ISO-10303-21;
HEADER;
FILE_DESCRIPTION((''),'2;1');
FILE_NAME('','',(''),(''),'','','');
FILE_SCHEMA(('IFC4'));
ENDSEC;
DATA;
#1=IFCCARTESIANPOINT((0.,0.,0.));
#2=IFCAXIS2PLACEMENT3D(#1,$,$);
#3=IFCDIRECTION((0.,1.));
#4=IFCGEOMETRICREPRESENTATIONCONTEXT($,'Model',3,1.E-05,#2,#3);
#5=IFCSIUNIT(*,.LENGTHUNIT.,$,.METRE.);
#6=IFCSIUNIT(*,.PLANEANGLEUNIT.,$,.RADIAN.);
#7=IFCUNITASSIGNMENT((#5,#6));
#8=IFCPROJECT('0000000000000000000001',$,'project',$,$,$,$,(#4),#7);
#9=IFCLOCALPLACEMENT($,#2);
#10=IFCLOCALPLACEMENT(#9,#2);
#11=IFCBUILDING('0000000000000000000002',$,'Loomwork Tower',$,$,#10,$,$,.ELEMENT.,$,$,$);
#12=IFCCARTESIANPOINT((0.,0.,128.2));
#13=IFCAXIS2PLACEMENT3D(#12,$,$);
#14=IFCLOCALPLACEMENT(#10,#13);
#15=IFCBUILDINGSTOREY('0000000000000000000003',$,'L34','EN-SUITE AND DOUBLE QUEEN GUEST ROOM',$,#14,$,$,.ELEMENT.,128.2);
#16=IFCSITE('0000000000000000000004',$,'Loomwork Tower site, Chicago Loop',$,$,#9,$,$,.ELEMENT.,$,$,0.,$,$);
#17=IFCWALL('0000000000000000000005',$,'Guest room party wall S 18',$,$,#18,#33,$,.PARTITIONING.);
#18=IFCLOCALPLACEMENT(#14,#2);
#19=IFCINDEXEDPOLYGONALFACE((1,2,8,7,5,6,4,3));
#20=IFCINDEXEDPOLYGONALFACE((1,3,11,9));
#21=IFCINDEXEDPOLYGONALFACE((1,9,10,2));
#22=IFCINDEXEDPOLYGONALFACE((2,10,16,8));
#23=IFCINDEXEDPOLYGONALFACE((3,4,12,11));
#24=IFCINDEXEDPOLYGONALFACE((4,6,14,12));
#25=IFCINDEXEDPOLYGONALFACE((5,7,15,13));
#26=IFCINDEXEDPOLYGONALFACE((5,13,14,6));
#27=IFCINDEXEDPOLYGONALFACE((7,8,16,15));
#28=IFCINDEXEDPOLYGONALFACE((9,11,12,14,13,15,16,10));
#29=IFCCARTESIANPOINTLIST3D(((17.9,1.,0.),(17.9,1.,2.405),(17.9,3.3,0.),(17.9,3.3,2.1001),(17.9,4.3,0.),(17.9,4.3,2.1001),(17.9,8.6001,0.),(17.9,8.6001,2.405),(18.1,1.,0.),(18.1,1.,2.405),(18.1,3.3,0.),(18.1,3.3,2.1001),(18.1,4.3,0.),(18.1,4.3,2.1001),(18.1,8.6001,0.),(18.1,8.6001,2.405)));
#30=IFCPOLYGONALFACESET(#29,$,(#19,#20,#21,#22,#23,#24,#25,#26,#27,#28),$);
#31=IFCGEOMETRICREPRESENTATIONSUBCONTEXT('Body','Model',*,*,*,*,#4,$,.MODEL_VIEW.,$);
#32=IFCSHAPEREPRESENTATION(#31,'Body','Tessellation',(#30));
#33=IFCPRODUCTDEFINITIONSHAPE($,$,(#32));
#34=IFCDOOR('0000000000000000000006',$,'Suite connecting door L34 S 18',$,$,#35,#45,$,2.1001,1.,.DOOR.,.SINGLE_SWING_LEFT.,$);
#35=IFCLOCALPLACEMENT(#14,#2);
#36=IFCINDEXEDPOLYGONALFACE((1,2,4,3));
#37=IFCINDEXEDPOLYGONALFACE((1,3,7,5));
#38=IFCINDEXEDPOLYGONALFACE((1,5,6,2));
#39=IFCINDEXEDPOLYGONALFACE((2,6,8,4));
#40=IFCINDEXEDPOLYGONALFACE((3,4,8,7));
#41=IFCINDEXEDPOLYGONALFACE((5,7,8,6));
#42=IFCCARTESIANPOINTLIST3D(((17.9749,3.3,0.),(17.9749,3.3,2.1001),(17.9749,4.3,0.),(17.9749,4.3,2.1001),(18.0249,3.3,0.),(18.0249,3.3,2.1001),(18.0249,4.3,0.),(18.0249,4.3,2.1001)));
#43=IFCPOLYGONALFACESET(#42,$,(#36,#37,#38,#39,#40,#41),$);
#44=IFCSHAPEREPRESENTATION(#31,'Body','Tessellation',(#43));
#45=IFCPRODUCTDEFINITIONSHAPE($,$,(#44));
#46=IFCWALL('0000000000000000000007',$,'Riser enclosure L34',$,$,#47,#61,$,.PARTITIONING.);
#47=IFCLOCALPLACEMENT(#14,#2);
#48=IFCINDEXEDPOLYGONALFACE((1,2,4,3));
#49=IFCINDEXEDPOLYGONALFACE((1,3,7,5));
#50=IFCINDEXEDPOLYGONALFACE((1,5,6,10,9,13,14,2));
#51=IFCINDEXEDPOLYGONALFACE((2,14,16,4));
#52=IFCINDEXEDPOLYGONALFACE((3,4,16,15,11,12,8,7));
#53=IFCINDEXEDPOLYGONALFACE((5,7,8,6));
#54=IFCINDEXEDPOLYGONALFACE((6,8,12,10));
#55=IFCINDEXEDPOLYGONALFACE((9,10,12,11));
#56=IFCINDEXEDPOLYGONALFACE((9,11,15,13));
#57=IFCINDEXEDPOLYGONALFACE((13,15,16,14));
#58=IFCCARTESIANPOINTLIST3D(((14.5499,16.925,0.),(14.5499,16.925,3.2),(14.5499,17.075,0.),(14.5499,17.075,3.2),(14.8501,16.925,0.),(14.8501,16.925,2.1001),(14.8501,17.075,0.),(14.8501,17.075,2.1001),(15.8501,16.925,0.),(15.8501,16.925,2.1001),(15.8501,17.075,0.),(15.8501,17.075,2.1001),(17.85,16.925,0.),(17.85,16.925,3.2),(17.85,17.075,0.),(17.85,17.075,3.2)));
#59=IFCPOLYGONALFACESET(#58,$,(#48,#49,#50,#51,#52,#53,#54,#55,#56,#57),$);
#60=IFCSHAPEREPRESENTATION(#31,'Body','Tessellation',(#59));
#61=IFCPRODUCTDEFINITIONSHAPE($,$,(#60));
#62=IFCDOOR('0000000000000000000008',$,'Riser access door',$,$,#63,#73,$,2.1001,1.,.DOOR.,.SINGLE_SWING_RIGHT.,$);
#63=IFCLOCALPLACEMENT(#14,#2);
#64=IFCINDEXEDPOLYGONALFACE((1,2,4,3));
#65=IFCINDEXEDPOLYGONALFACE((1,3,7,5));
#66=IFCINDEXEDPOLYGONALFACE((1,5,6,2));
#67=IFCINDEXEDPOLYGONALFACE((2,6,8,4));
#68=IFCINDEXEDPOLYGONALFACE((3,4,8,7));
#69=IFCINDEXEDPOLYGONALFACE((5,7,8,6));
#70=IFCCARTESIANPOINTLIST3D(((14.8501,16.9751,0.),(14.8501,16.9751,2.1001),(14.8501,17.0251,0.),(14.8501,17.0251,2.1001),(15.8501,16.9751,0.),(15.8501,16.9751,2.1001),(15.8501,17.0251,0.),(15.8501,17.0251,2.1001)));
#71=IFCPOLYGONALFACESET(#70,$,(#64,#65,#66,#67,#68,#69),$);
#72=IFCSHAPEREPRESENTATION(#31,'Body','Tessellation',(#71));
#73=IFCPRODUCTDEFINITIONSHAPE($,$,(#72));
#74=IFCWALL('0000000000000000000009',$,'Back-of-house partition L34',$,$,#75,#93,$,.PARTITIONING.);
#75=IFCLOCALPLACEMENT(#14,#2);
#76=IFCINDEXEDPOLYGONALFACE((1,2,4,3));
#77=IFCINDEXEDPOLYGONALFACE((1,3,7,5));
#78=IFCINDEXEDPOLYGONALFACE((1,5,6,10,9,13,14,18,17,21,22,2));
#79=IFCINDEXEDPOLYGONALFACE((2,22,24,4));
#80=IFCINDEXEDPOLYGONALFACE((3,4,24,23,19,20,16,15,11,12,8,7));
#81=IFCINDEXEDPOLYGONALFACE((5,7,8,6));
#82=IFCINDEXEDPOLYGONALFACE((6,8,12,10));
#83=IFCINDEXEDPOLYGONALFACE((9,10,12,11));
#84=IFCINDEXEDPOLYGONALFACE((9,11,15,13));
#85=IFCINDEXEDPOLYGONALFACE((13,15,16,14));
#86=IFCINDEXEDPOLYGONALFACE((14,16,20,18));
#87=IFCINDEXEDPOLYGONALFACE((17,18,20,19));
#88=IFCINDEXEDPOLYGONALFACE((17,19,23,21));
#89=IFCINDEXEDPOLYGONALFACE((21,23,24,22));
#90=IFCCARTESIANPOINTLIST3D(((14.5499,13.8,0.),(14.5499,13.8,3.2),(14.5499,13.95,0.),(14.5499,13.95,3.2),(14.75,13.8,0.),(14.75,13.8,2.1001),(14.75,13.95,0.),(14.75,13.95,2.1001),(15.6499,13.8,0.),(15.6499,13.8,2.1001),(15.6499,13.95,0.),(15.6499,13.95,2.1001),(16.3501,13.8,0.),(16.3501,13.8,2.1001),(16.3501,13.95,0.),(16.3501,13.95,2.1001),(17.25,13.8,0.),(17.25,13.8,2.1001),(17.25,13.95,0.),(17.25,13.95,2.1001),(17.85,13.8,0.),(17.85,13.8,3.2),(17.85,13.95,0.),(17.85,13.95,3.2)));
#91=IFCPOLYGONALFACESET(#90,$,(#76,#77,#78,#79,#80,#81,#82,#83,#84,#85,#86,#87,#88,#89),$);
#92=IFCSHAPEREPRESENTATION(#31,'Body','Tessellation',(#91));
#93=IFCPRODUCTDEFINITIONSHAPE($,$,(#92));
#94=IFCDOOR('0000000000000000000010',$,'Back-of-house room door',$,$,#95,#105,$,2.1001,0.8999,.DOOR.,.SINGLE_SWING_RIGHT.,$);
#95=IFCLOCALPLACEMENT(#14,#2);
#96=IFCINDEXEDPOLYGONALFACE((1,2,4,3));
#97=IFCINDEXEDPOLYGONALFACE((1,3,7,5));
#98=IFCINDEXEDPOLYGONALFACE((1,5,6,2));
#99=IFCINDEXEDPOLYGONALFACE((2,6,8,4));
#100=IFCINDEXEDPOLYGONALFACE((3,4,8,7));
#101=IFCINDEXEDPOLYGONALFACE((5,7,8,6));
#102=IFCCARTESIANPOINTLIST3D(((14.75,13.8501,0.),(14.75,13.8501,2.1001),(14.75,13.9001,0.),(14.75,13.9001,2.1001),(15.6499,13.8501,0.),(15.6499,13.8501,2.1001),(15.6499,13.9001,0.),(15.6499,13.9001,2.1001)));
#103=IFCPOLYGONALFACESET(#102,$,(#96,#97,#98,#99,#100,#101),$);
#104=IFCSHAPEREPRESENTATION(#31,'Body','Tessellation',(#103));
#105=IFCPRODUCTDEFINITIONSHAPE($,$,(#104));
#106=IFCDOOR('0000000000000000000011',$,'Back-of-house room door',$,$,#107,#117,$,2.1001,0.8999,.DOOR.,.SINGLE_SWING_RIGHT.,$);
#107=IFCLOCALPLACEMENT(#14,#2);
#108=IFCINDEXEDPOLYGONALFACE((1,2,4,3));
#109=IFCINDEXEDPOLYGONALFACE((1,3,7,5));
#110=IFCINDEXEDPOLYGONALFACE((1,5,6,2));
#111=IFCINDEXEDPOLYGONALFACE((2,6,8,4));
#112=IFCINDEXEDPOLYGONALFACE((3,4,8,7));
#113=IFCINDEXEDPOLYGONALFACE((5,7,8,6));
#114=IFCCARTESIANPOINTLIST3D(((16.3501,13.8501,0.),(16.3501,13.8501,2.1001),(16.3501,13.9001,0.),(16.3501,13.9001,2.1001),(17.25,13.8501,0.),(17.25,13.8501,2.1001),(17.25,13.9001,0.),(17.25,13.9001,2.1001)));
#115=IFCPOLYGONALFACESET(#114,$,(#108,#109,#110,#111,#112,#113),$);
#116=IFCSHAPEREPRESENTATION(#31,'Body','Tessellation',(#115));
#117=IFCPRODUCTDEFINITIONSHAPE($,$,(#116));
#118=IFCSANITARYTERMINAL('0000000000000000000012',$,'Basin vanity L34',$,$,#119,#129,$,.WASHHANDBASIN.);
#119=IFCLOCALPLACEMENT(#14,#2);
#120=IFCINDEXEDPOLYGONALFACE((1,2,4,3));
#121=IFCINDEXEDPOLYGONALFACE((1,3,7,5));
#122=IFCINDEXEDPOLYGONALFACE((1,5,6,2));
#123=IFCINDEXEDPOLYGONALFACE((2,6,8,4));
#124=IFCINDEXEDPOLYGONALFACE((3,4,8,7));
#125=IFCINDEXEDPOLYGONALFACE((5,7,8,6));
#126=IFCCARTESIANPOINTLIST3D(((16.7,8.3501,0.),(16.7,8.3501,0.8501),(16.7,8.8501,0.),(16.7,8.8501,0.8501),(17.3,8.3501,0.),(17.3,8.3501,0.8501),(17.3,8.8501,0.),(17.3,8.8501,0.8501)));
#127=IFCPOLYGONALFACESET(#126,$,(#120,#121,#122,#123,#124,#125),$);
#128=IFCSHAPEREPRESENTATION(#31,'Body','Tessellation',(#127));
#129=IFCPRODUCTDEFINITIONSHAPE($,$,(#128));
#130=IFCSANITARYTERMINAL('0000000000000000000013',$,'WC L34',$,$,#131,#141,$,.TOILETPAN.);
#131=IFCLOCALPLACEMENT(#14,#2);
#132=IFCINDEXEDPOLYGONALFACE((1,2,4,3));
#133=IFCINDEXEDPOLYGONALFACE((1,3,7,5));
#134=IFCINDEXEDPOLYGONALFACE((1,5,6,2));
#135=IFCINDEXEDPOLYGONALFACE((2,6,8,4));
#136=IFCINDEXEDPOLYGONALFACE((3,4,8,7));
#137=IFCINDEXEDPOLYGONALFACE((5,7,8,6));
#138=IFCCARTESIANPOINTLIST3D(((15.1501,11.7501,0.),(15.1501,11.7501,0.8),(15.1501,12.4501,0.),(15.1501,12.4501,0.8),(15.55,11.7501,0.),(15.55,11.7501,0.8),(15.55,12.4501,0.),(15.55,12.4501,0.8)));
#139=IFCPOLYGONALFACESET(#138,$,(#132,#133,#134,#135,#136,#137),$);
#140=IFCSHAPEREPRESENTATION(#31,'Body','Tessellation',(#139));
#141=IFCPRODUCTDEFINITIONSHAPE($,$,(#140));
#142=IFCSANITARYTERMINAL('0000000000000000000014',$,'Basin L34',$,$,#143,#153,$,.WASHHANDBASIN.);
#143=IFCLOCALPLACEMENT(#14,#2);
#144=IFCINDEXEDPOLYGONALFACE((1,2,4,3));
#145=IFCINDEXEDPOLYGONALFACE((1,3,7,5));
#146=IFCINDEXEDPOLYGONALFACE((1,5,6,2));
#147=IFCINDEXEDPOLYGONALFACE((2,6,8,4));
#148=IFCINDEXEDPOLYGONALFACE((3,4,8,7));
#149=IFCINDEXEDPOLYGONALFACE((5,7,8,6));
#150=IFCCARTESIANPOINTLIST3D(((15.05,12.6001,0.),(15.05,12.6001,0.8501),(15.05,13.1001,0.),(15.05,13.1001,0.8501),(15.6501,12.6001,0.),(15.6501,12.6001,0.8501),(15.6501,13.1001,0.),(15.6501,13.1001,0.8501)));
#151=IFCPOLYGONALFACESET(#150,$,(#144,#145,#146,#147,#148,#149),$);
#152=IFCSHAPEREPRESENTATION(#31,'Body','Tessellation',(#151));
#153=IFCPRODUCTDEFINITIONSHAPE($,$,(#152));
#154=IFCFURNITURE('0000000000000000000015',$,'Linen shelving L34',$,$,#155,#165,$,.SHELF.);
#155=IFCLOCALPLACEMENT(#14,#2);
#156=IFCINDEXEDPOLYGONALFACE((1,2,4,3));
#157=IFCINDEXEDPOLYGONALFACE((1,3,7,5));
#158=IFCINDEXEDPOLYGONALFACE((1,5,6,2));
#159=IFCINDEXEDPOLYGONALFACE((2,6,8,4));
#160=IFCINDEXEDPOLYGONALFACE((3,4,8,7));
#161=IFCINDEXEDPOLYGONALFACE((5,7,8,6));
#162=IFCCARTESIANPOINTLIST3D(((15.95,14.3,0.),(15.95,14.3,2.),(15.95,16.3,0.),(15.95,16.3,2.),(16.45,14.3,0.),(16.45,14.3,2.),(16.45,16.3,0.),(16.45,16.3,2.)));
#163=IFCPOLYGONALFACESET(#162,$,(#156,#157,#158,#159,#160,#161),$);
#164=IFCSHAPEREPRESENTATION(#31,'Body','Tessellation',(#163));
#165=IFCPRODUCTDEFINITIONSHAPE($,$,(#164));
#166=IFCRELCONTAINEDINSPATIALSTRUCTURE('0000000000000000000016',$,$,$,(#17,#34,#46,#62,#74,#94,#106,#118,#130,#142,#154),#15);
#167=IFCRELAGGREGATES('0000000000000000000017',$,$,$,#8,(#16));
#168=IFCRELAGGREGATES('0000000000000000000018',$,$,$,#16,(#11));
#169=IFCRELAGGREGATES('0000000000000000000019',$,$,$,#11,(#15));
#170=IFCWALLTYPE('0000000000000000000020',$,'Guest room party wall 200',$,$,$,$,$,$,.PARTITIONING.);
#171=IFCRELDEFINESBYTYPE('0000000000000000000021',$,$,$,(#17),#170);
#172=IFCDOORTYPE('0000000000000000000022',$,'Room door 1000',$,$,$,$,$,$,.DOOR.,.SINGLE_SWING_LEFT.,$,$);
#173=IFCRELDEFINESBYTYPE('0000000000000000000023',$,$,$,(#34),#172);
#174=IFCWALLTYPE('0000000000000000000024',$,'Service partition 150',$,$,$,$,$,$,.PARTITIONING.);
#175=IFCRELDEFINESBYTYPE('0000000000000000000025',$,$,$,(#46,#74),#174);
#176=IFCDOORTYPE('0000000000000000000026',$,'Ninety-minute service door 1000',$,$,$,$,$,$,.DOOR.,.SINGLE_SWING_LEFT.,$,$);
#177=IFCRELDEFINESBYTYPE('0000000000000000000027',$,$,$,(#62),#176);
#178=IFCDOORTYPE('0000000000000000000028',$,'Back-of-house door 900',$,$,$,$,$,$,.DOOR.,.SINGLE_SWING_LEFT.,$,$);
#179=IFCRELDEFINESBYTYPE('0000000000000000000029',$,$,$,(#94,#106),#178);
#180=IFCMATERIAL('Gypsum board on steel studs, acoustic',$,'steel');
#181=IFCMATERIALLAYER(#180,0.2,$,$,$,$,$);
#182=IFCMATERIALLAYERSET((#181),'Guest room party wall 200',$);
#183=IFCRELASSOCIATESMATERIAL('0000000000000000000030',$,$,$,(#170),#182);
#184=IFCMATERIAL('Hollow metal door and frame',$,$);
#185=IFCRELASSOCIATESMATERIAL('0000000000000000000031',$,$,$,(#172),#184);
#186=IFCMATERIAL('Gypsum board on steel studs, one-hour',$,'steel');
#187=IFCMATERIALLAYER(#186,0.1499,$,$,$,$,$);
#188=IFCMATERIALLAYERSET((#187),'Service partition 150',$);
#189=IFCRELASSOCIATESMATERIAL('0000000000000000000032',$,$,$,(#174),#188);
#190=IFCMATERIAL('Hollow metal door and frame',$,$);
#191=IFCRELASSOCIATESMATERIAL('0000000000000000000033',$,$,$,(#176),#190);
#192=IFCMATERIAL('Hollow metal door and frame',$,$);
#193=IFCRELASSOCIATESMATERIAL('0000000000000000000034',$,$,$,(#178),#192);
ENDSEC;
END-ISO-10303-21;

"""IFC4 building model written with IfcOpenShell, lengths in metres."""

from ifc_helpers import new_model, si_unit, direction, frame, frame_2d, origin, origin_2d, place, context, subcontext, project, spatial, rectangle, extrude, material, layer, layer_set, type_object, element, fill, save


model = new_model("IFC4")

# Units and contexts
model_context = context("Model", 3, precision=1e-05, world=origin(), true_north=direction((0.0, 1.0)))
body_context = subcontext(model_context, "Body", "Model", "MODEL_VIEW")
ifc_project = project(units=[si_unit("LENGTHUNIT", "METRE"), si_unit("PLANEANGLEUNIT", "RADIAN")], contexts=[model_context])

# Site, building, storey
site_placement = place(None, origin())
site = spatial("IfcSite", under=ifc_project, at=site_placement, Name="Loomwork Tower site, Chicago Loop", CompositionType="ELEMENT", RefElevation=0.0)
building_placement = place(site_placement, origin())
building = spatial("IfcBuilding", under=site, at=building_placement, Name="Loomwork Tower", CompositionType="ELEMENT")
storey_placement = place(building_placement, frame((0.0, 0.0, 128.2)))
storey = spatial("IfcBuildingStorey", under=building, at=storey_placement, Name="L34", Description="EN-SUITE AND DOUBLE QUEEN GUEST ROOM", CompositionType="ELEMENT", Elevation=128.2)

# Walls, openings, doors
ifc_material_1 = material(Name="Gypsum board on steel studs, acoustic", Category="steel")
ifc_layer_1 = layer(ifc_material_1, 0.2)
ifc_layer_set_1 = layer_set([ifc_layer_1], Name="Guest room party wall 200")
wall_type_1 = type_object("IfcWallType", Name="Guest room party wall 200", PredefinedType="PARTITIONING", material=ifc_layer_set_1)
wall_1_placement = place(storey_placement, frame((18.0, 8.6001, 0.0), z_axis=(0.0, 0.0, 1.0), x_axis=(0.0, -1.0, 0.0)))
wall_1 = element("IfcWall", 1, at=wall_1_placement, inside=storey, type_object=wall_type_1, Name="Guest room party wall S 18", PredefinedType="PARTITIONING", context=body_context, shape_type="SweptSolid", body=[
    extrude(rectangle(XDim=7.6001, YDim=0.2, at=frame_2d((3.8, 0.0))), origin(), (0.0, 0.0, 1.0), 2.405),
])
opening_1_placement = place(wall_1_placement, frame((4.3, 0.0, 0.0)))
opening_1 = element("IfcOpeningElement", 2, at=opening_1_placement, cuts=wall_1, PredefinedType="OPENING", context=body_context, shape_type="SweptSolid", body=[
    extrude(rectangle(XDim=1.0, YDim=2.1001, at=frame_2d((0.5, 1.05))), frame((0.0, 0.1099, 0.0), z_axis=(0.0, -1.0, 0.0), x_axis=(1.0, 0.0, 0.0)), (0.0, 0.0, 1.0), 0.22),
])
ifc_material_2 = material(Name="Hollow metal door and frame")
door_type_1 = type_object("IfcDoorType", Name="Room door 1000", OperationType="SINGLE_SWING_LEFT", PredefinedType="DOOR", material=ifc_material_2)
door_1_placement = place(opening_1_placement, origin())
door_1 = element("IfcDoor", 3, at=door_1_placement, inside=storey, type_object=door_type_1, Name="Suite connecting door L34 S 18", OperationType="SINGLE_SWING_LEFT", OverallHeight=2.1001, OverallWidth=1.0, PredefinedType="DOOR", context=body_context, shape_type="SweptSolid", body=[
    extrude(rectangle(XDim=1.0, YDim=2.1001, at=frame_2d((0.5, 1.05))), frame((0.0, 0.0249, 0.0), z_axis=(0.0, -1.0, 0.0), x_axis=(1.0, 0.0, 0.0)), (0.0, 0.0, 1.0), 0.05),
])
fill(opening_1, door_1)
ifc_material_3 = material(Name="Gypsum board on steel studs, one-hour", Category="steel")
ifc_layer_2 = layer(ifc_material_3, 0.1499)
ifc_layer_set_2 = layer_set([ifc_layer_2], Name="Service partition 150")
wall_type_2 = type_object("IfcWallType", Name="Service partition 150", PredefinedType="PARTITIONING", material=ifc_layer_set_2)
wall_2_placement = place(storey_placement, frame((14.55, 17.0, 0.0), z_axis=(0.0, 0.0, 1.0), x_axis=(1.0, 0.0, 0.0)))
wall_2 = element("IfcWall", 4, at=wall_2_placement, inside=storey, type_object=wall_type_2, Name="Riser enclosure L34", PredefinedType="PARTITIONING", context=body_context, shape_type="SweptSolid", body=[
    extrude(rectangle(XDim=3.3, YDim=0.1499, at=frame_2d((1.6499, 0.0))), origin(), (0.0, 0.0, 1.0), 3.2),
])
opening_2_placement = place(wall_2_placement, frame((0.3, 0.0, 0.0)))
opening_2 = element("IfcOpeningElement", 5, at=opening_2_placement, cuts=wall_2, PredefinedType="OPENING", context=body_context, shape_type="SweptSolid", body=[
    extrude(rectangle(XDim=1.0, YDim=2.1001, at=frame_2d((0.5, 1.05))), frame((0.0, 0.085, 0.0), z_axis=(0.0, -1.0, 0.0), x_axis=(1.0, 0.0, 0.0)), (0.0, 0.0, 1.0), 0.1699),
])
ifc_material_4 = material(Name="Hollow metal door and frame")
door_type_2 = type_object("IfcDoorType", Name="Ninety-minute service door 1000", OperationType="SINGLE_SWING_LEFT", PredefinedType="DOOR", material=ifc_material_4)
door_2_placement = place(opening_2_placement, frame((1.0, 0.0, 0.0), z_axis=(0.0, 0.0, 1.0), x_axis=(-1.0, 0.0, 0.0)))
door_2 = element("IfcDoor", 6, at=door_2_placement, inside=storey, type_object=door_type_2, Name="Riser access door", OperationType="SINGLE_SWING_RIGHT", OverallHeight=2.1001, OverallWidth=1.0, PredefinedType="DOOR", context=body_context, shape_type="SweptSolid", body=[
    extrude(rectangle(XDim=1.0, YDim=2.1001, at=frame_2d((0.5, 1.05))), frame((0.0, 0.0249, 0.0), z_axis=(0.0, -1.0, 0.0), x_axis=(1.0, 0.0, 0.0)), (0.0, 0.0, 1.0), 0.05),
])
fill(opening_2, door_2)

# Wall, openings, doors
wall_3_placement = place(storey_placement, frame((14.55, 13.875, 0.0), z_axis=(0.0, 0.0, 1.0), x_axis=(1.0, 0.0, 0.0)))
wall_3 = element("IfcWall", 7, at=wall_3_placement, inside=storey, type_object=wall_type_2, Name="Back-of-house partition L34", PredefinedType="PARTITIONING", context=body_context, shape_type="SweptSolid", body=[
    extrude(rectangle(XDim=3.3, YDim=0.1499, at=frame_2d((1.6499, 0.0))), origin(), (0.0, 0.0, 1.0), 3.2),
])
opening_3_placement = place(wall_3_placement, frame((0.2, 0.0, 0.0)))
opening_3 = element("IfcOpeningElement", 8, at=opening_3_placement, cuts=wall_3, PredefinedType="OPENING", context=body_context, shape_type="SweptSolid", body=[
    extrude(rectangle(XDim=0.8999, YDim=2.1001, at=frame_2d((0.45, 1.05))), frame((0.0, 0.085, 0.0), z_axis=(0.0, -1.0, 0.0), x_axis=(1.0, 0.0, 0.0)), (0.0, 0.0, 1.0), 0.1699),
])
opening_4_placement = place(wall_3_placement, frame((1.8, 0.0, 0.0)))
opening_4 = element("IfcOpeningElement", 9, at=opening_4_placement, cuts=wall_3, PredefinedType="OPENING", context=body_context, shape_type="SweptSolid", body=[
    extrude(rectangle(XDim=0.8999, YDim=2.1001, at=frame_2d((0.45, 1.05))), frame((0.0, 0.085, 0.0), z_axis=(0.0, -1.0, 0.0), x_axis=(1.0, 0.0, 0.0)), (0.0, 0.0, 1.0), 0.1699),
])
ifc_material_5 = material(Name="Hollow metal door and frame")
door_type_3 = type_object("IfcDoorType", Name="Back-of-house door 900", OperationType="SINGLE_SWING_LEFT", PredefinedType="DOOR", material=ifc_material_5)
door_3_placement = place(opening_3_placement, frame((0.8999, 0.0, 0.0), z_axis=(0.0, 0.0, 1.0), x_axis=(-1.0, 0.0, 0.0)))
door_3 = element("IfcDoor", 10, at=door_3_placement, inside=storey, type_object=door_type_3, Name="Back-of-house room door", OperationType="SINGLE_SWING_RIGHT", OverallHeight=2.1001, OverallWidth=0.8999, PredefinedType="DOOR", context=body_context, shape_type="SweptSolid", body=[
    extrude(rectangle(XDim=0.8999, YDim=2.1001, at=frame_2d((0.45, 1.05))), frame((0.0, 0.0249, 0.0), z_axis=(0.0, -1.0, 0.0), x_axis=(1.0, 0.0, 0.0)), (0.0, 0.0, 1.0), 0.05),
])
fill(opening_3, door_3)
door_4_placement = place(opening_4_placement, frame((0.8999, 0.0, 0.0), z_axis=(0.0, 0.0, 1.0), x_axis=(-1.0, 0.0, 0.0)))
door_4 = element("IfcDoor", 11, at=door_4_placement, inside=storey, type_object=door_type_3, Name="Back-of-house room door", OperationType="SINGLE_SWING_RIGHT", OverallHeight=2.1001, OverallWidth=0.8999, PredefinedType="DOOR", context=body_context, shape_type="SweptSolid", body=[
    extrude(rectangle(XDim=0.8999, YDim=2.1001, at=frame_2d((0.45, 1.05))), frame((0.0, 0.0249, 0.0), z_axis=(0.0, -1.0, 0.0), x_axis=(1.0, 0.0, 0.0)), (0.0, 0.0, 1.0), 0.05),
])
fill(opening_4, door_4)

# Sanitary terminals
sanitary_terminal_1_placement = place(storey_placement, frame((17.0, 8.6001, 0.0), z_axis=(0.0, 0.0, 1.0), x_axis=(1.0, 0.0, 0.0)))
element("IfcSanitaryTerminal", 12, at=sanitary_terminal_1_placement, inside=storey, Name="Basin vanity L34", PredefinedType="WASHHANDBASIN", context=body_context, shape_type="SweptSolid", body=[
    extrude(rectangle(XDim=0.6001, YDim=0.5, at=origin_2d()), origin(), (0.0, 0.0, 1.0), 0.8501),
])
sanitary_terminal_2_placement = place(storey_placement, frame((15.3501, 12.1001, 0.0), z_axis=(0.0, 0.0, 1.0), x_axis=(1.0, 0.0, 0.0)))
element("IfcSanitaryTerminal", 13, at=sanitary_terminal_2_placement, inside=storey, Name="WC L34", PredefinedType="TOILETPAN", context=body_context, shape_type="SweptSolid", body=[
    extrude(rectangle(XDim=0.3999, YDim=0.7, at=origin_2d()), origin(), (0.0, 0.0, 1.0), 0.8),
])
sanitary_terminal_3_placement = place(storey_placement, frame((15.3501, 12.8501, 0.0), z_axis=(0.0, 0.0, 1.0), x_axis=(1.0, 0.0, 0.0)))
element("IfcSanitaryTerminal", 14, at=sanitary_terminal_3_placement, inside=storey, Name="Basin L34", PredefinedType="WASHHANDBASIN", context=body_context, shape_type="SweptSolid", body=[
    extrude(rectangle(XDim=0.6001, YDim=0.5, at=origin_2d()), origin(), (0.0, 0.0, 1.0), 0.8501),
])

# Furniture
furniture_placement = place(storey_placement, frame((16.2, 15.3, 0.0), z_axis=(0.0, 0.0, 1.0), x_axis=(1.0, 0.0, 0.0)))
element("IfcFurniture", 15, at=furniture_placement, inside=storey, Name="Linen shelving L34", PredefinedType="SHELF", context=body_context, shape_type="SweptSolid", body=[
    extrude(rectangle(XDim=0.5, YDim=2.0, at=origin_2d()), origin(), (0.0, 0.0, 1.0), 2.0),
])

save(model, "model.ifc")
